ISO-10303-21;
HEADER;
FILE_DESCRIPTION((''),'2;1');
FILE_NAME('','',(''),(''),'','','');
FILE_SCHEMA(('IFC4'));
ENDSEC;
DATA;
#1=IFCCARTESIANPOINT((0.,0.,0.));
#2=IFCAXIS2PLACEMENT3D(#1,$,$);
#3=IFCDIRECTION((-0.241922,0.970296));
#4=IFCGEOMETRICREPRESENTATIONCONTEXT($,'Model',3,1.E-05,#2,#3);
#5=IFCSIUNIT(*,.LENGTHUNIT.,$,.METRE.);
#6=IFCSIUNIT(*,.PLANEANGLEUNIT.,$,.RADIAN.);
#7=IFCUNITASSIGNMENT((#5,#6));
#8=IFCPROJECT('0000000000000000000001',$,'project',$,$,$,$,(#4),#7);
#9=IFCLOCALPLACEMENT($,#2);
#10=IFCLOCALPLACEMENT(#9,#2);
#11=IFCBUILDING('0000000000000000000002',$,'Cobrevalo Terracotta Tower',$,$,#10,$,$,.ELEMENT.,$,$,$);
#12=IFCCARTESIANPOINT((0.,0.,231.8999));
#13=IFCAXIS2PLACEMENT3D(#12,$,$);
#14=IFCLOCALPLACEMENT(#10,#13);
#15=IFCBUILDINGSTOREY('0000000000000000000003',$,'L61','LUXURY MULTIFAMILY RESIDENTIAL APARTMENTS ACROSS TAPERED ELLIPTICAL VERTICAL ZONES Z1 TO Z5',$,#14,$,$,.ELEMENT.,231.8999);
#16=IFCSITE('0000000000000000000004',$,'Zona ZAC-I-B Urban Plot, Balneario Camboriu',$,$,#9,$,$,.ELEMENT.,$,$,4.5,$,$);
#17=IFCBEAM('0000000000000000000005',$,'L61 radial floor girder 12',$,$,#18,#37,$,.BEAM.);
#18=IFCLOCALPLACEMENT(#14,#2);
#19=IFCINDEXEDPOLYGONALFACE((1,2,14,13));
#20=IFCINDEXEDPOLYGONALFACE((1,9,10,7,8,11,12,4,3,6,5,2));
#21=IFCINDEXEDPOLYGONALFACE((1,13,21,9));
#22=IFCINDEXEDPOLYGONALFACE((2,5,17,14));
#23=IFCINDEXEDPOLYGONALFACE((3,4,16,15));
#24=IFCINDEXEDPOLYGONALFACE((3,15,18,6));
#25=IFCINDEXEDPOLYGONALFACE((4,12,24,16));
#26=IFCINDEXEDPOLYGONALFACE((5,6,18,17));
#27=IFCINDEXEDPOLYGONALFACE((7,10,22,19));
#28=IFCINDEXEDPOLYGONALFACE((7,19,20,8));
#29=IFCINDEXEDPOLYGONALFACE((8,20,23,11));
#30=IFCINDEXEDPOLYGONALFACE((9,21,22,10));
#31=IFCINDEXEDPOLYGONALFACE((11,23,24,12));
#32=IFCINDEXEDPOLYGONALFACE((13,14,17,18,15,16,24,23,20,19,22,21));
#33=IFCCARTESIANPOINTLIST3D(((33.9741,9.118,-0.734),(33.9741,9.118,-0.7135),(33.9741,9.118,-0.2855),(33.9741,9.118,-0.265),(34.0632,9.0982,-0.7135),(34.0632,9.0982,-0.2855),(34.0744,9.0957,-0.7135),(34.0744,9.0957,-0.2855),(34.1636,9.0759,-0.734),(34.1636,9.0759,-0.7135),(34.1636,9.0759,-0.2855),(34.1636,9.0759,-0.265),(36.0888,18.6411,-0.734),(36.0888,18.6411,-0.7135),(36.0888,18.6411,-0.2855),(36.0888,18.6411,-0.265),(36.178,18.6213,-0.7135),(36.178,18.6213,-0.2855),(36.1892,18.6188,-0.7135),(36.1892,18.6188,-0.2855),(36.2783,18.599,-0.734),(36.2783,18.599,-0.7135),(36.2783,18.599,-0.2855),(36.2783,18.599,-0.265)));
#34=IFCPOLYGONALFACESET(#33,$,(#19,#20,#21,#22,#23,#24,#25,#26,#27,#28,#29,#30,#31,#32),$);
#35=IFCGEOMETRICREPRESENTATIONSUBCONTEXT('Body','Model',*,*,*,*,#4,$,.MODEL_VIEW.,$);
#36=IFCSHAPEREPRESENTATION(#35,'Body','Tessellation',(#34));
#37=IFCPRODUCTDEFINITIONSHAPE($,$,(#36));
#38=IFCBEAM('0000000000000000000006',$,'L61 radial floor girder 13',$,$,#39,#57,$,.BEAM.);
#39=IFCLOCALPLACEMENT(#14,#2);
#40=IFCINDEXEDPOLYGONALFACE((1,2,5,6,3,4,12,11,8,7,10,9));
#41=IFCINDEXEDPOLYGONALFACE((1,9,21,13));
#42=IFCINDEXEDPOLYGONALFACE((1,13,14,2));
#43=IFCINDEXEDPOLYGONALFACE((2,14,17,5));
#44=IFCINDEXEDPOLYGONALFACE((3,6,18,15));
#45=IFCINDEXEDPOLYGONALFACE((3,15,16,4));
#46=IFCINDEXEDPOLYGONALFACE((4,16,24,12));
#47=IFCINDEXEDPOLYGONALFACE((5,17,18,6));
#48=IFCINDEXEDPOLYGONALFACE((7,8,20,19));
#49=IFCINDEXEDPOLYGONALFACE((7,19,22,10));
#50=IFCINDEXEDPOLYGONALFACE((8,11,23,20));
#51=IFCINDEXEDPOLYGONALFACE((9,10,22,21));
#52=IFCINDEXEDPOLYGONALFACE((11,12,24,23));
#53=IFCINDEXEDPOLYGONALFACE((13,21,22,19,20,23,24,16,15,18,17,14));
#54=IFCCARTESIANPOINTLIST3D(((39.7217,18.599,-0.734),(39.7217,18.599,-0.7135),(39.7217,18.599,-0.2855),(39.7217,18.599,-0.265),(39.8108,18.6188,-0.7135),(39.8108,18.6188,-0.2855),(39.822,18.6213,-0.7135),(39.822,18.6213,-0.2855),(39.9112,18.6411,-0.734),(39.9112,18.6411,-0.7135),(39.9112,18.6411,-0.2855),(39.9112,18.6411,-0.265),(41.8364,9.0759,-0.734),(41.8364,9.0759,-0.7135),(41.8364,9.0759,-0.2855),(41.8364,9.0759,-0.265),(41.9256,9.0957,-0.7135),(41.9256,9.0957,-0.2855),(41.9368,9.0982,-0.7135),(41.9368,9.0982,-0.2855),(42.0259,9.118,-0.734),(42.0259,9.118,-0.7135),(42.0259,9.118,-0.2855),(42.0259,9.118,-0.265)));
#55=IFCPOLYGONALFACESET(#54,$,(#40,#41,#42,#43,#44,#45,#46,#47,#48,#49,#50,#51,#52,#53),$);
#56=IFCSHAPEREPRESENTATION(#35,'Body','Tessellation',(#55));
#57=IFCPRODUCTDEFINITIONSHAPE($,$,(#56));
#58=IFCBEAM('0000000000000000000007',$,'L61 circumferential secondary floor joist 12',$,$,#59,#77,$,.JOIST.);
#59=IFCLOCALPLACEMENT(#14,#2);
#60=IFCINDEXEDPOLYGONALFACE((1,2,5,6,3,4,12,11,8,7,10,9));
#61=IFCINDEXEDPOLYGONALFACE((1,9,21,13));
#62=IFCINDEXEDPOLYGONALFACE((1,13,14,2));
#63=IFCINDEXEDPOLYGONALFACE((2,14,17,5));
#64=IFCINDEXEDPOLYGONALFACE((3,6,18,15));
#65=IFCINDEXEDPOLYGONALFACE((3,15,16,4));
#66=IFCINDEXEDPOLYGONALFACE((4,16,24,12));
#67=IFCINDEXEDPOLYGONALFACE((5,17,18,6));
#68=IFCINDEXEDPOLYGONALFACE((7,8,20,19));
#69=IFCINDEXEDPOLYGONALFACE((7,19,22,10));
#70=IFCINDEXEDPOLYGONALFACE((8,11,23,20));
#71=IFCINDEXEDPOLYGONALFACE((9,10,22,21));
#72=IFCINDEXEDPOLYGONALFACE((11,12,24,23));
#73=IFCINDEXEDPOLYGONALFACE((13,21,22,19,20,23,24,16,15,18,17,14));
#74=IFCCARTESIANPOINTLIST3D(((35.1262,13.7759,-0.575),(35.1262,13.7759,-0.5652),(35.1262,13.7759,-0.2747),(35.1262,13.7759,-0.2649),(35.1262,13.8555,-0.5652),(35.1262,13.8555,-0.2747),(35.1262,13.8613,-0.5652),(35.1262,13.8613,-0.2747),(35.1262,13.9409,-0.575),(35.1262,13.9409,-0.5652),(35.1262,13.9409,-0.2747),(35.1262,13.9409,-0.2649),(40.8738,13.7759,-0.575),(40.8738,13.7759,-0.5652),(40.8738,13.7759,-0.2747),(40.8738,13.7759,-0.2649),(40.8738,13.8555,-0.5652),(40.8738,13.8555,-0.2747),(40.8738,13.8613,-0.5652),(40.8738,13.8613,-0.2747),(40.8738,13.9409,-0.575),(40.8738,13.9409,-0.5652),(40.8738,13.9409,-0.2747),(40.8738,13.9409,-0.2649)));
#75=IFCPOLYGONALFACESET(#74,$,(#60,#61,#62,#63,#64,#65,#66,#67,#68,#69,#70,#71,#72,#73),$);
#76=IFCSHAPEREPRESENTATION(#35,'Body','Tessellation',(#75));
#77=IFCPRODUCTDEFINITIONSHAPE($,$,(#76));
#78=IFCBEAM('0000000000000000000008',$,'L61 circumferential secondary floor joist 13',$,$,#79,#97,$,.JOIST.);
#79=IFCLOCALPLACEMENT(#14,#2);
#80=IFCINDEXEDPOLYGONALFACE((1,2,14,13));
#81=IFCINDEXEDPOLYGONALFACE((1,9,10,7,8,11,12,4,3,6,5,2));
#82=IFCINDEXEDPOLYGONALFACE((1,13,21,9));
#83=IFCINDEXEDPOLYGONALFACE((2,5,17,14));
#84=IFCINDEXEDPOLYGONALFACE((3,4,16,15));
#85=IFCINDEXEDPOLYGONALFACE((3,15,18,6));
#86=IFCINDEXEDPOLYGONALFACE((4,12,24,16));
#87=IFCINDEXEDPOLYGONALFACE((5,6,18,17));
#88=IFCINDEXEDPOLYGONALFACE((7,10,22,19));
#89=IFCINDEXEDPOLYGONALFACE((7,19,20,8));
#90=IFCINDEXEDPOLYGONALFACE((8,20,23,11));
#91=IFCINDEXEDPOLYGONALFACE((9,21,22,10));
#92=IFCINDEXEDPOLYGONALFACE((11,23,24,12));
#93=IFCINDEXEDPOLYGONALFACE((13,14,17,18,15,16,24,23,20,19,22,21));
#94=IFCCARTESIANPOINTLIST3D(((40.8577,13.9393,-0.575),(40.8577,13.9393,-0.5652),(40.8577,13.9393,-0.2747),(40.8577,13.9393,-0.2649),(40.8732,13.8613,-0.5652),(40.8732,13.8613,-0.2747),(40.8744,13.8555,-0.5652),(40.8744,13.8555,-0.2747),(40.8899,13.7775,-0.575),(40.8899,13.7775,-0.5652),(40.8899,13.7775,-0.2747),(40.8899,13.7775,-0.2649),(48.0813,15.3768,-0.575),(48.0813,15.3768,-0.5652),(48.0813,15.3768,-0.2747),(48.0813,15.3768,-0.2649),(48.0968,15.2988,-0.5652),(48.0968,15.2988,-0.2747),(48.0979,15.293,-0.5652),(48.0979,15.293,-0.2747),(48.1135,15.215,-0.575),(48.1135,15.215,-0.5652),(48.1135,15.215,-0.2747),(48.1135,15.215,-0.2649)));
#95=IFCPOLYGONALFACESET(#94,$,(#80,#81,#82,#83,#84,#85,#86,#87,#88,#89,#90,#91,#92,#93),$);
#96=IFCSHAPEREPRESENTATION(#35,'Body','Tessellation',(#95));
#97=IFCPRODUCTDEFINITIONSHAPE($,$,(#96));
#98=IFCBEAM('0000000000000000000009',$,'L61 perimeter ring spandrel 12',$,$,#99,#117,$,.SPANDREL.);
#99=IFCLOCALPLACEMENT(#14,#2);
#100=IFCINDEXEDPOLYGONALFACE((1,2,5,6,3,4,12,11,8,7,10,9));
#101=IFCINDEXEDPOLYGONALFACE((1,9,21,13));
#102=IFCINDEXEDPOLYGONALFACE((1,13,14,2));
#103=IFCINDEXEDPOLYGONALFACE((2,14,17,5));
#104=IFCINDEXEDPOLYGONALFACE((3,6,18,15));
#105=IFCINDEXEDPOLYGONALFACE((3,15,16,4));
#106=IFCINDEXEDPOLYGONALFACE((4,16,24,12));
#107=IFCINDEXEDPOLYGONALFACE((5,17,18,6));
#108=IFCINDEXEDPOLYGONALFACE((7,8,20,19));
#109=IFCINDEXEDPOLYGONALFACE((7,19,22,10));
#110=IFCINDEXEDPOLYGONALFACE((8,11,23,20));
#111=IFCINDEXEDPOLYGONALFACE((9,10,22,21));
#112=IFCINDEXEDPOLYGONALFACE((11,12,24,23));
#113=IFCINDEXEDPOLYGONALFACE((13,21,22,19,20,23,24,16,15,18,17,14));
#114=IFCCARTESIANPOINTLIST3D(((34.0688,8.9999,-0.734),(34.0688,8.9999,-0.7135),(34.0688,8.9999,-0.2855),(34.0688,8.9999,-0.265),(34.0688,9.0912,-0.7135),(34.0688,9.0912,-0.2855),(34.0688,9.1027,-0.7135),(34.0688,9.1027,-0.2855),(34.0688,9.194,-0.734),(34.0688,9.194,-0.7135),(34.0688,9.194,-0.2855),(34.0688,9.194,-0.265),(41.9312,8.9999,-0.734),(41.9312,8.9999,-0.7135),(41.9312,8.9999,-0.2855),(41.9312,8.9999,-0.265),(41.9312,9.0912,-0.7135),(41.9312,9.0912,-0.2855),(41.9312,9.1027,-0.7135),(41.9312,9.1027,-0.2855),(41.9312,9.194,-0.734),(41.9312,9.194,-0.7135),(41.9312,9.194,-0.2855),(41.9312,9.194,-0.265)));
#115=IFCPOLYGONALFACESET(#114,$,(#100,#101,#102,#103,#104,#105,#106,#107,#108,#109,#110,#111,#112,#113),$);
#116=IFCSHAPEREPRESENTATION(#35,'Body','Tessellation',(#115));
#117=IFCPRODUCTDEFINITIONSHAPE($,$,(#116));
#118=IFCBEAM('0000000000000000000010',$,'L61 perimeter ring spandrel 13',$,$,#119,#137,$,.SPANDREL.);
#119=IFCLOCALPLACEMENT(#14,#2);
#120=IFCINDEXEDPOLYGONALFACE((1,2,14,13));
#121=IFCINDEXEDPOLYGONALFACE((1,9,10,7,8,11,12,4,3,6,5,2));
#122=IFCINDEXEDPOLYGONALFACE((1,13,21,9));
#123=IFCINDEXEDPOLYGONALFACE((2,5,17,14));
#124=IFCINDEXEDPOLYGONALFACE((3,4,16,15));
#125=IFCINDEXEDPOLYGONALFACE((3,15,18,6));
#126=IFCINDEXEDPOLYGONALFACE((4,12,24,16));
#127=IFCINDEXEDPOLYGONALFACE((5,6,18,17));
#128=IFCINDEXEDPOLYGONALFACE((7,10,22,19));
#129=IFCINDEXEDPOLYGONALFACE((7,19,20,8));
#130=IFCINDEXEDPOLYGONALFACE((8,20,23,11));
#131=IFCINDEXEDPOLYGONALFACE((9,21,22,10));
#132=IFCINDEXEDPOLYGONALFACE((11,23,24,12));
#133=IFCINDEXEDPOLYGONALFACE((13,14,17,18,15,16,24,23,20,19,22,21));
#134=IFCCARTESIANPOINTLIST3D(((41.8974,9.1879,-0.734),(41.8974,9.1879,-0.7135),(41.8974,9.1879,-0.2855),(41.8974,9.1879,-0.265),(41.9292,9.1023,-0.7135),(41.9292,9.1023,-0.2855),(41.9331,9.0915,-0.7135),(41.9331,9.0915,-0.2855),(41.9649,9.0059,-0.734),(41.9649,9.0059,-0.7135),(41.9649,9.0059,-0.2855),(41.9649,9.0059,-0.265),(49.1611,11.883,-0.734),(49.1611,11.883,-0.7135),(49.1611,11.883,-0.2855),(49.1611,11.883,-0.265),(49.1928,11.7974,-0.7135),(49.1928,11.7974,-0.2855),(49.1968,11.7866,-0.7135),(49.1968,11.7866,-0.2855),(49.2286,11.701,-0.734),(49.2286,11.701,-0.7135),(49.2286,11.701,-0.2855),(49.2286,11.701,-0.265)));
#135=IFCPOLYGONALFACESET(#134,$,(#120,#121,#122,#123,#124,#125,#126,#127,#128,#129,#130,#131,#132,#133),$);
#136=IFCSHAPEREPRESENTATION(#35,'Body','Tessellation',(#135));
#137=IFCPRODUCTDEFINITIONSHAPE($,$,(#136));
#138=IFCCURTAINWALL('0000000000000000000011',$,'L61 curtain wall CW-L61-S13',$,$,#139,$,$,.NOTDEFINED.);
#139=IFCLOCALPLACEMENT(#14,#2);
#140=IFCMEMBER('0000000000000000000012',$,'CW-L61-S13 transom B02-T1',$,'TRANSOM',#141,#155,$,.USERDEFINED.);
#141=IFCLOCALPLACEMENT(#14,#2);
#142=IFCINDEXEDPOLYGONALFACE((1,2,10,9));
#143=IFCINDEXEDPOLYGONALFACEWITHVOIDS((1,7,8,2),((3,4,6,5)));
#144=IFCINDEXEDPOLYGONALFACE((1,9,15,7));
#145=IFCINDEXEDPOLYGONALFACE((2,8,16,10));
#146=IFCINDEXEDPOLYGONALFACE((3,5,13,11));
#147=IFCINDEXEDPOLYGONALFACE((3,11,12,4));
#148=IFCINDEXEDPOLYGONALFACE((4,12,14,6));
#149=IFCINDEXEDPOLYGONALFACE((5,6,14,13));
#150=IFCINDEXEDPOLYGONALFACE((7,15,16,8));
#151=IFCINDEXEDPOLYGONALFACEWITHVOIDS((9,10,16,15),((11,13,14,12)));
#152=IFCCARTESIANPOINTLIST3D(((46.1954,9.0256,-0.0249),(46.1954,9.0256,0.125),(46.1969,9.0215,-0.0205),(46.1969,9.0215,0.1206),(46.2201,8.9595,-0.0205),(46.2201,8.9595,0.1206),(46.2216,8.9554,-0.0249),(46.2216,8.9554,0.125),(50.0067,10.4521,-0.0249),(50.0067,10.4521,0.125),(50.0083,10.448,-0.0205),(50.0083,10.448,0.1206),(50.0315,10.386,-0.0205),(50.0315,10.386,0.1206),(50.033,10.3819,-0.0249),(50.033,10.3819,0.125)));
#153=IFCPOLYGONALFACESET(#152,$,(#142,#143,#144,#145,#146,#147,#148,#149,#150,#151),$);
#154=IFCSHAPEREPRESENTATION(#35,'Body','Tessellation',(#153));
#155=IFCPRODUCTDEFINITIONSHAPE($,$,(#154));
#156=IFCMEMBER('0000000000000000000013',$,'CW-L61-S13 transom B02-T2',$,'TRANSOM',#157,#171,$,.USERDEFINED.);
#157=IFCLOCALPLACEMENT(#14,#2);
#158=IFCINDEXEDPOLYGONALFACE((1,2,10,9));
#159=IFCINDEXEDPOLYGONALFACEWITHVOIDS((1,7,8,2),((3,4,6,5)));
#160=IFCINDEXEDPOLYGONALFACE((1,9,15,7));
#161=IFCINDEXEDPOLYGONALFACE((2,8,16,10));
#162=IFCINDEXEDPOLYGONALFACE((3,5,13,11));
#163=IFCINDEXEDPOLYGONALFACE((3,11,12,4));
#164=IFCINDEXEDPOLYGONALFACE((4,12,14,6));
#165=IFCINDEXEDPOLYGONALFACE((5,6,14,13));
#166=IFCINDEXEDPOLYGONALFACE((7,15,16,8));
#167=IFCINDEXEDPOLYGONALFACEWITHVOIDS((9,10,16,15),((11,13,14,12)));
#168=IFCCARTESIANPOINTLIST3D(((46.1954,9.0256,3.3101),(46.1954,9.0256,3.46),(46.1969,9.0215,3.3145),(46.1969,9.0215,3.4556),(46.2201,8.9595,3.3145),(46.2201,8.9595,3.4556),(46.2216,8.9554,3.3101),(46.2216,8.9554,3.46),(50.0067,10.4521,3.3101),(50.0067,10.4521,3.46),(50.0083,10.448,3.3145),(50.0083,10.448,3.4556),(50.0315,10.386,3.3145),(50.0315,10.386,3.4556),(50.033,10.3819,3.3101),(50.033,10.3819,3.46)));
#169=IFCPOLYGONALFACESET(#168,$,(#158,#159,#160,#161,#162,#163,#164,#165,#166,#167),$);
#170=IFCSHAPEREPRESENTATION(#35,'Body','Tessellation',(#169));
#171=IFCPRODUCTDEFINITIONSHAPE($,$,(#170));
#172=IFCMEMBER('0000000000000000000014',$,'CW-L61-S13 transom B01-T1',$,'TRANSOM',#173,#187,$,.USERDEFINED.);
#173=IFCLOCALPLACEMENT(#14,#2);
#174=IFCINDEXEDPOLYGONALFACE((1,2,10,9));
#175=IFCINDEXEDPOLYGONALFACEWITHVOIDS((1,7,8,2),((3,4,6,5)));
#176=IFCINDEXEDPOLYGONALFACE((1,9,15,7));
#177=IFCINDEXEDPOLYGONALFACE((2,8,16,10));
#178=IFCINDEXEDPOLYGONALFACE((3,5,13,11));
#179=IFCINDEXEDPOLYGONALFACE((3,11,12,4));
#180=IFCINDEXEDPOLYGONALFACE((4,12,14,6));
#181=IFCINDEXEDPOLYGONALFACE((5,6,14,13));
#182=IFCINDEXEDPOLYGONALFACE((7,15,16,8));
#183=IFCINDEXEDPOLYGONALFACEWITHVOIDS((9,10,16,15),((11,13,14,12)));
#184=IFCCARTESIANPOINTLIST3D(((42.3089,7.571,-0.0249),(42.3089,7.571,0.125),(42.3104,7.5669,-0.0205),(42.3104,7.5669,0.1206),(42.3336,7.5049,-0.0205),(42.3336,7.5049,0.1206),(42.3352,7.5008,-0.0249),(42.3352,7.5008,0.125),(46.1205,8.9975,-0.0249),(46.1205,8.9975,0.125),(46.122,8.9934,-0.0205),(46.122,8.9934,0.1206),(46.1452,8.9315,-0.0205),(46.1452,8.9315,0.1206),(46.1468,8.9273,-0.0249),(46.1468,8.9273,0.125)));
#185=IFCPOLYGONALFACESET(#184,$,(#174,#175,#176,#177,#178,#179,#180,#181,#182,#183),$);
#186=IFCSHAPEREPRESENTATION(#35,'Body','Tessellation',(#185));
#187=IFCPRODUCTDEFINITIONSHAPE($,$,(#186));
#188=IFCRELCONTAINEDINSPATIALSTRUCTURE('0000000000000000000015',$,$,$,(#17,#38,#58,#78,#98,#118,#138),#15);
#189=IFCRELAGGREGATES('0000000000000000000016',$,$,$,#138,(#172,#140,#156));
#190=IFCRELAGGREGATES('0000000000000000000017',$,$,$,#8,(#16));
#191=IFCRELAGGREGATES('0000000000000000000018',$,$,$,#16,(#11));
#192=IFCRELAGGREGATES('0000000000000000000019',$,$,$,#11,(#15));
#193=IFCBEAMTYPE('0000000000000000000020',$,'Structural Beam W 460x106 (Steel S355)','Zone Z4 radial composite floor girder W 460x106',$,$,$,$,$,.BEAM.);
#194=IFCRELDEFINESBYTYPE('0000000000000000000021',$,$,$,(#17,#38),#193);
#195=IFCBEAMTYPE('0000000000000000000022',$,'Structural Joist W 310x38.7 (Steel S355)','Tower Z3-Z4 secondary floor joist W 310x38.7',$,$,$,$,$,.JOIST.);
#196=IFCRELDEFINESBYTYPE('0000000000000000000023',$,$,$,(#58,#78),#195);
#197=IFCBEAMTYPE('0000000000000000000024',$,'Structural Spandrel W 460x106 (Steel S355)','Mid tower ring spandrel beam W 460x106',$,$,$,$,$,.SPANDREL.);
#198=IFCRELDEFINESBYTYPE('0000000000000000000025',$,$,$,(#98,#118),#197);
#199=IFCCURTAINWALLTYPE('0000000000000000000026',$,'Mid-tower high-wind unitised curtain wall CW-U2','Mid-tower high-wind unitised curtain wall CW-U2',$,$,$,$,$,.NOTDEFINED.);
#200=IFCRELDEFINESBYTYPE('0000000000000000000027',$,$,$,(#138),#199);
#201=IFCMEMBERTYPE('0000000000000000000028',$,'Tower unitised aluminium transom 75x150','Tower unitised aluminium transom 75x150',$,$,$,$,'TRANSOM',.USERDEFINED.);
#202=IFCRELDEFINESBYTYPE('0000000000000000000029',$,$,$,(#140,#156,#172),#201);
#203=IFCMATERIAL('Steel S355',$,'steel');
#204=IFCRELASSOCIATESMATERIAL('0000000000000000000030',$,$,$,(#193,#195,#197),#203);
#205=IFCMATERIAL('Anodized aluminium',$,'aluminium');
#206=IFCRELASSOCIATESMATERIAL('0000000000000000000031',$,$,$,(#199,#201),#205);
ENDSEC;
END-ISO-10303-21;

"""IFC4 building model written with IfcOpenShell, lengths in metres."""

from ifc_helpers import new_model, si_unit, direction, frame, origin, origin_2d, place, context, subcontext, project, spatial, hollow_rectangle, i_section, extrude, source, transform, mapped, material, material_profile, profile_set, type_object, element, aggregate, save


model = new_model("IFC4")

# Units and contexts
model_context = context("Model", 3, precision=1e-05, world=origin(), true_north=direction((-0.241922, 0.970296)))
body_context = subcontext(model_context, "Body", "Model", "MODEL_VIEW")
ifc_project = project(units=[si_unit("LENGTHUNIT", "METRE"), si_unit("PLANEANGLEUNIT", "RADIAN")], contexts=[model_context])

# Site, building, storey
site_placement = place(None, origin())
site = spatial("IfcSite", under=ifc_project, at=site_placement, Name="Zona ZAC-I-B Urban Plot, Balneario Camboriu", CompositionType="ELEMENT", RefElevation=4.5)
building_placement = place(site_placement, origin())
building = spatial("IfcBuilding", under=site, at=building_placement, Name="Cobrevalo Terracotta Tower", CompositionType="ELEMENT")
storey_placement = place(building_placement, frame((0.0, 0.0, 231.8999)))
storey = spatial("IfcBuildingStorey", under=building, at=storey_placement, Name="L61", Description="LUXURY MULTIFAMILY RESIDENTIAL APARTMENTS ACROSS TAPERED ELLIPTICAL VERTICAL ZONES Z1 TO Z5", CompositionType="ELEMENT", Elevation=231.8999)

# Shared definitions
ifc_material_1 = material(Name="Steel S355", Category="steel")

# Beams
ifc_material_profile_1 = material_profile(ifc_material_1, i_section(OverallWidth=0.1941, OverallDepth=0.469, WebThickness=0.0115, FlangeThickness=0.0205, at=origin_2d()), Name="W 460x106")
ifc_profile_set_1 = profile_set([ifc_material_profile_1], Name="Steel S355")
beam_type_1 = type_object("IfcBeamType", Name="Structural Beam W 460x106 (Steel S355)", Description="Zone Z4 radial composite floor girder W 460x106", PredefinedType="BEAM", material=ifc_profile_set_1)
for number, where, z_axis, x_axis, name in (
    (1, (34.0688, 9.0969, -0.4995), (0.216782, 0.97622, 0.0), (-0.97622, 0.216782, 0.0), "L61 radial floor girder 12"),
    (2, (41.9312, 9.0969, -0.4995), (-0.216782, 0.97622, 0.0), (-0.97622, -0.216782, 0.0), "L61 radial floor girder 13"),
):
    element("IfcBeam", number, at=place(storey_placement, frame(where, z_axis=z_axis, x_axis=x_axis)), inside=storey, type_object=beam_type_1, Name=name, PredefinedType="BEAM", context=body_context, shape_type="SweptSolid", body=[
        extrude(i_section(OverallWidth=0.1941, OverallDepth=0.469, WebThickness=0.0115, FlangeThickness=0.0205, at=origin_2d()), origin(), (0.0, 0.0, 1.0), 9.7551),
    ])
ifc_material_profile_2 = material_profile(ifc_material_1, i_section(OverallWidth=0.165, OverallDepth=0.3101, WebThickness=0.0059, FlangeThickness=0.0098, at=origin_2d()), Name="W 310x38.7")
ifc_profile_set_2 = profile_set([ifc_material_profile_2], Name="Steel S355")
beam_type_2 = type_object("IfcBeamType", Name="Structural Joist W 310x38.7 (Steel S355)", Description="Tower Z3-Z4 secondary floor joist W 310x38.7", PredefinedType="JOIST", material=ifc_profile_set_2)
beam_1_placement = place(storey_placement, frame((35.1262, 13.8584, -0.4199), z_axis=(1.0, 0.0, 0.0), x_axis=(0.0, 1.0, 0.0)))
element("IfcBeam", 3, at=beam_1_placement, inside=storey, type_object=beam_type_2, Name="L61 circumferential secondary floor joist 12", PredefinedType="JOIST", context=body_context, shape_type="SweptSolid", body=[
    extrude(i_section(OverallWidth=0.165, OverallDepth=0.3101, WebThickness=0.0059, FlangeThickness=0.0098, at=origin_2d()), origin(), (0.0, 0.0, 1.0), 5.7476),
])
beam_2_placement = place(storey_placement, frame((40.8738, 13.8584, -0.4199), z_axis=(0.980769, 0.195173, 0.0), x_axis=(-0.195173, 0.980769, 0.0)))
element("IfcBeam", 4, at=beam_2_placement, inside=storey, type_object=beam_type_2, Name="L61 circumferential secondary floor joist 13", PredefinedType="JOIST", context=body_context, shape_type="SweptSolid", body=[
    extrude(i_section(OverallWidth=0.165, OverallDepth=0.3101, WebThickness=0.0059, FlangeThickness=0.0098, at=origin_2d()), origin(), (0.0, 0.0, 1.0), 7.3652),
])
ifc_material_profile_3 = material_profile(ifc_material_1, i_section(OverallWidth=0.1941, OverallDepth=0.469, WebThickness=0.0115, FlangeThickness=0.0205, at=origin_2d()), Name="W 460x106")
ifc_profile_set_3 = profile_set([ifc_material_profile_3], Name="Steel S355")
beam_type_3 = type_object("IfcBeamType", Name="Structural Spandrel W 460x106 (Steel S355)", Description="Mid tower ring spandrel beam W 460x106", PredefinedType="SPANDREL", material=ifc_profile_set_3)
beam_3_placement = place(storey_placement, frame((34.0688, 9.0969, -0.4995), z_axis=(1.0, 0.0, 0.0), x_axis=(0.0, 1.0, 0.0)))
element("IfcBeam", 5, at=beam_3_placement, inside=storey, type_object=beam_type_3, Name="L61 perimeter ring spandrel 12", PredefinedType="SPANDREL", context=body_context, shape_type="SweptSolid", body=[
    extrude(i_section(OverallWidth=0.1941, OverallDepth=0.469, WebThickness=0.0115, FlangeThickness=0.0205, at=origin_2d()), origin(), (0.0, 0.0, 1.0), 7.8623),
])
beam_4_placement = place(storey_placement, frame((41.9312, 9.0969, -0.4995), z_axis=(0.937546, 0.347861, 0.0), x_axis=(-0.347861, 0.937546, 0.0)))
element("IfcBeam", 6, at=beam_4_placement, inside=storey, type_object=beam_type_3, Name="L61 perimeter ring spandrel 13", PredefinedType="SPANDREL", context=body_context, shape_type="SweptSolid", body=[
    extrude(i_section(OverallWidth=0.1941, OverallDepth=0.469, WebThickness=0.0115, FlangeThickness=0.0205, at=origin_2d()), origin(), (0.0, 0.0, 1.0), 7.7476),
])

# Curtain wall, members
ifc_material_2 = material(Name="Anodized aluminium", Category="aluminium")
curtain_wall_type = type_object("IfcCurtainWallType", Name="Mid-tower high-wind unitised curtain wall CW-U2", Description="Mid-tower high-wind unitised curtain wall CW-U2", PredefinedType="NOTDEFINED", material=ifc_material_2)
curtain_wall_placement = place(storey_placement, origin())
curtain_wall = element("IfcCurtainWall", 7, at=curtain_wall_placement, inside=storey, type_object=curtain_wall_type, Name="L61 curtain wall CW-L61-S13", PredefinedType="NOTDEFINED")
ifc_material_profile_4 = material_profile(ifc_material_2, hollow_rectangle(XDim=0.075, YDim=0.1499, WallThickness=0.0044, at=origin_2d()), Name="CWT 75x150")
ifc_profile_set_4 = profile_set([ifc_material_profile_4], Name="Anodized aluminium")
member_type_1 = type_object("IfcMemberType", Name="Tower unitised aluminium transom 75x150", Description="Tower unitised aluminium transom 75x150", ElementType="TRANSOM", PredefinedType="USERDEFINED", material=ifc_profile_set_4)
shared_shape_1 = source(origin(), body_context, "Body", "SweptSolid", [
    extrude(hollow_rectangle(XDim=0.075, YDim=0.1499, WallThickness=0.0044, at=origin_2d()), origin(), (0.0, 0.0, 1.0), 4.0696),
])
member_1_placement = place(storey_placement, frame((46.2085, 8.9905, 0.05), z_axis=(0.936548, 0.350538, 0.0), x_axis=(-0.350538, 0.936548, 0.0)))
member_1 = element("IfcMember", 8, at=member_1_placement, type_object=member_type_1, Name="CW-L61-S13 transom B02-T1", ObjectType="TRANSOM", PredefinedType="USERDEFINED", context=body_context, shape_type="MappedRepresentation", body=[
    mapped(shared_shape_1, transform((0.0, 0.0, 0.0), scale=1.0)),
])
member_2_placement = place(storey_placement, frame((46.2085, 8.9905, 3.385), z_axis=(0.936548, 0.350538, 0.0), x_axis=(-0.350538, 0.936548, 0.0)))
member_2 = element("IfcMember", 9, at=member_2_placement, type_object=member_type_1, Name="CW-L61-S13 transom B02-T2", ObjectType="TRANSOM", PredefinedType="USERDEFINED", context=body_context, shape_type="MappedRepresentation", body=[
    mapped(shared_shape_1, transform((0.0, 0.0, 0.0), scale=1.0)),
])
shared_shape_2 = source(origin(), body_context, "Body", "SweptSolid", [
    extrude(hollow_rectangle(XDim=0.075, YDim=0.1499, WallThickness=0.0044, at=origin_2d()), origin(), (0.0, 0.0, 1.0), 4.0698),
])
member_3_placement = place(storey_placement, frame((42.322, 7.5359, 0.05), z_axis=(0.936556, 0.350519, 0.0), x_axis=(-0.350519, 0.936556, 0.0)))
member_3 = element("IfcMember", 10, at=member_3_placement, type_object=member_type_1, Name="CW-L61-S13 transom B01-T1", ObjectType="TRANSOM", PredefinedType="USERDEFINED", context=body_context, shape_type="MappedRepresentation", body=[
    mapped(shared_shape_2, transform((0.0, 0.0, 0.0), scale=1.0)),
])
aggregate(curtain_wall, [member_3, member_1, member_2])

save(model, "model.ifc")
